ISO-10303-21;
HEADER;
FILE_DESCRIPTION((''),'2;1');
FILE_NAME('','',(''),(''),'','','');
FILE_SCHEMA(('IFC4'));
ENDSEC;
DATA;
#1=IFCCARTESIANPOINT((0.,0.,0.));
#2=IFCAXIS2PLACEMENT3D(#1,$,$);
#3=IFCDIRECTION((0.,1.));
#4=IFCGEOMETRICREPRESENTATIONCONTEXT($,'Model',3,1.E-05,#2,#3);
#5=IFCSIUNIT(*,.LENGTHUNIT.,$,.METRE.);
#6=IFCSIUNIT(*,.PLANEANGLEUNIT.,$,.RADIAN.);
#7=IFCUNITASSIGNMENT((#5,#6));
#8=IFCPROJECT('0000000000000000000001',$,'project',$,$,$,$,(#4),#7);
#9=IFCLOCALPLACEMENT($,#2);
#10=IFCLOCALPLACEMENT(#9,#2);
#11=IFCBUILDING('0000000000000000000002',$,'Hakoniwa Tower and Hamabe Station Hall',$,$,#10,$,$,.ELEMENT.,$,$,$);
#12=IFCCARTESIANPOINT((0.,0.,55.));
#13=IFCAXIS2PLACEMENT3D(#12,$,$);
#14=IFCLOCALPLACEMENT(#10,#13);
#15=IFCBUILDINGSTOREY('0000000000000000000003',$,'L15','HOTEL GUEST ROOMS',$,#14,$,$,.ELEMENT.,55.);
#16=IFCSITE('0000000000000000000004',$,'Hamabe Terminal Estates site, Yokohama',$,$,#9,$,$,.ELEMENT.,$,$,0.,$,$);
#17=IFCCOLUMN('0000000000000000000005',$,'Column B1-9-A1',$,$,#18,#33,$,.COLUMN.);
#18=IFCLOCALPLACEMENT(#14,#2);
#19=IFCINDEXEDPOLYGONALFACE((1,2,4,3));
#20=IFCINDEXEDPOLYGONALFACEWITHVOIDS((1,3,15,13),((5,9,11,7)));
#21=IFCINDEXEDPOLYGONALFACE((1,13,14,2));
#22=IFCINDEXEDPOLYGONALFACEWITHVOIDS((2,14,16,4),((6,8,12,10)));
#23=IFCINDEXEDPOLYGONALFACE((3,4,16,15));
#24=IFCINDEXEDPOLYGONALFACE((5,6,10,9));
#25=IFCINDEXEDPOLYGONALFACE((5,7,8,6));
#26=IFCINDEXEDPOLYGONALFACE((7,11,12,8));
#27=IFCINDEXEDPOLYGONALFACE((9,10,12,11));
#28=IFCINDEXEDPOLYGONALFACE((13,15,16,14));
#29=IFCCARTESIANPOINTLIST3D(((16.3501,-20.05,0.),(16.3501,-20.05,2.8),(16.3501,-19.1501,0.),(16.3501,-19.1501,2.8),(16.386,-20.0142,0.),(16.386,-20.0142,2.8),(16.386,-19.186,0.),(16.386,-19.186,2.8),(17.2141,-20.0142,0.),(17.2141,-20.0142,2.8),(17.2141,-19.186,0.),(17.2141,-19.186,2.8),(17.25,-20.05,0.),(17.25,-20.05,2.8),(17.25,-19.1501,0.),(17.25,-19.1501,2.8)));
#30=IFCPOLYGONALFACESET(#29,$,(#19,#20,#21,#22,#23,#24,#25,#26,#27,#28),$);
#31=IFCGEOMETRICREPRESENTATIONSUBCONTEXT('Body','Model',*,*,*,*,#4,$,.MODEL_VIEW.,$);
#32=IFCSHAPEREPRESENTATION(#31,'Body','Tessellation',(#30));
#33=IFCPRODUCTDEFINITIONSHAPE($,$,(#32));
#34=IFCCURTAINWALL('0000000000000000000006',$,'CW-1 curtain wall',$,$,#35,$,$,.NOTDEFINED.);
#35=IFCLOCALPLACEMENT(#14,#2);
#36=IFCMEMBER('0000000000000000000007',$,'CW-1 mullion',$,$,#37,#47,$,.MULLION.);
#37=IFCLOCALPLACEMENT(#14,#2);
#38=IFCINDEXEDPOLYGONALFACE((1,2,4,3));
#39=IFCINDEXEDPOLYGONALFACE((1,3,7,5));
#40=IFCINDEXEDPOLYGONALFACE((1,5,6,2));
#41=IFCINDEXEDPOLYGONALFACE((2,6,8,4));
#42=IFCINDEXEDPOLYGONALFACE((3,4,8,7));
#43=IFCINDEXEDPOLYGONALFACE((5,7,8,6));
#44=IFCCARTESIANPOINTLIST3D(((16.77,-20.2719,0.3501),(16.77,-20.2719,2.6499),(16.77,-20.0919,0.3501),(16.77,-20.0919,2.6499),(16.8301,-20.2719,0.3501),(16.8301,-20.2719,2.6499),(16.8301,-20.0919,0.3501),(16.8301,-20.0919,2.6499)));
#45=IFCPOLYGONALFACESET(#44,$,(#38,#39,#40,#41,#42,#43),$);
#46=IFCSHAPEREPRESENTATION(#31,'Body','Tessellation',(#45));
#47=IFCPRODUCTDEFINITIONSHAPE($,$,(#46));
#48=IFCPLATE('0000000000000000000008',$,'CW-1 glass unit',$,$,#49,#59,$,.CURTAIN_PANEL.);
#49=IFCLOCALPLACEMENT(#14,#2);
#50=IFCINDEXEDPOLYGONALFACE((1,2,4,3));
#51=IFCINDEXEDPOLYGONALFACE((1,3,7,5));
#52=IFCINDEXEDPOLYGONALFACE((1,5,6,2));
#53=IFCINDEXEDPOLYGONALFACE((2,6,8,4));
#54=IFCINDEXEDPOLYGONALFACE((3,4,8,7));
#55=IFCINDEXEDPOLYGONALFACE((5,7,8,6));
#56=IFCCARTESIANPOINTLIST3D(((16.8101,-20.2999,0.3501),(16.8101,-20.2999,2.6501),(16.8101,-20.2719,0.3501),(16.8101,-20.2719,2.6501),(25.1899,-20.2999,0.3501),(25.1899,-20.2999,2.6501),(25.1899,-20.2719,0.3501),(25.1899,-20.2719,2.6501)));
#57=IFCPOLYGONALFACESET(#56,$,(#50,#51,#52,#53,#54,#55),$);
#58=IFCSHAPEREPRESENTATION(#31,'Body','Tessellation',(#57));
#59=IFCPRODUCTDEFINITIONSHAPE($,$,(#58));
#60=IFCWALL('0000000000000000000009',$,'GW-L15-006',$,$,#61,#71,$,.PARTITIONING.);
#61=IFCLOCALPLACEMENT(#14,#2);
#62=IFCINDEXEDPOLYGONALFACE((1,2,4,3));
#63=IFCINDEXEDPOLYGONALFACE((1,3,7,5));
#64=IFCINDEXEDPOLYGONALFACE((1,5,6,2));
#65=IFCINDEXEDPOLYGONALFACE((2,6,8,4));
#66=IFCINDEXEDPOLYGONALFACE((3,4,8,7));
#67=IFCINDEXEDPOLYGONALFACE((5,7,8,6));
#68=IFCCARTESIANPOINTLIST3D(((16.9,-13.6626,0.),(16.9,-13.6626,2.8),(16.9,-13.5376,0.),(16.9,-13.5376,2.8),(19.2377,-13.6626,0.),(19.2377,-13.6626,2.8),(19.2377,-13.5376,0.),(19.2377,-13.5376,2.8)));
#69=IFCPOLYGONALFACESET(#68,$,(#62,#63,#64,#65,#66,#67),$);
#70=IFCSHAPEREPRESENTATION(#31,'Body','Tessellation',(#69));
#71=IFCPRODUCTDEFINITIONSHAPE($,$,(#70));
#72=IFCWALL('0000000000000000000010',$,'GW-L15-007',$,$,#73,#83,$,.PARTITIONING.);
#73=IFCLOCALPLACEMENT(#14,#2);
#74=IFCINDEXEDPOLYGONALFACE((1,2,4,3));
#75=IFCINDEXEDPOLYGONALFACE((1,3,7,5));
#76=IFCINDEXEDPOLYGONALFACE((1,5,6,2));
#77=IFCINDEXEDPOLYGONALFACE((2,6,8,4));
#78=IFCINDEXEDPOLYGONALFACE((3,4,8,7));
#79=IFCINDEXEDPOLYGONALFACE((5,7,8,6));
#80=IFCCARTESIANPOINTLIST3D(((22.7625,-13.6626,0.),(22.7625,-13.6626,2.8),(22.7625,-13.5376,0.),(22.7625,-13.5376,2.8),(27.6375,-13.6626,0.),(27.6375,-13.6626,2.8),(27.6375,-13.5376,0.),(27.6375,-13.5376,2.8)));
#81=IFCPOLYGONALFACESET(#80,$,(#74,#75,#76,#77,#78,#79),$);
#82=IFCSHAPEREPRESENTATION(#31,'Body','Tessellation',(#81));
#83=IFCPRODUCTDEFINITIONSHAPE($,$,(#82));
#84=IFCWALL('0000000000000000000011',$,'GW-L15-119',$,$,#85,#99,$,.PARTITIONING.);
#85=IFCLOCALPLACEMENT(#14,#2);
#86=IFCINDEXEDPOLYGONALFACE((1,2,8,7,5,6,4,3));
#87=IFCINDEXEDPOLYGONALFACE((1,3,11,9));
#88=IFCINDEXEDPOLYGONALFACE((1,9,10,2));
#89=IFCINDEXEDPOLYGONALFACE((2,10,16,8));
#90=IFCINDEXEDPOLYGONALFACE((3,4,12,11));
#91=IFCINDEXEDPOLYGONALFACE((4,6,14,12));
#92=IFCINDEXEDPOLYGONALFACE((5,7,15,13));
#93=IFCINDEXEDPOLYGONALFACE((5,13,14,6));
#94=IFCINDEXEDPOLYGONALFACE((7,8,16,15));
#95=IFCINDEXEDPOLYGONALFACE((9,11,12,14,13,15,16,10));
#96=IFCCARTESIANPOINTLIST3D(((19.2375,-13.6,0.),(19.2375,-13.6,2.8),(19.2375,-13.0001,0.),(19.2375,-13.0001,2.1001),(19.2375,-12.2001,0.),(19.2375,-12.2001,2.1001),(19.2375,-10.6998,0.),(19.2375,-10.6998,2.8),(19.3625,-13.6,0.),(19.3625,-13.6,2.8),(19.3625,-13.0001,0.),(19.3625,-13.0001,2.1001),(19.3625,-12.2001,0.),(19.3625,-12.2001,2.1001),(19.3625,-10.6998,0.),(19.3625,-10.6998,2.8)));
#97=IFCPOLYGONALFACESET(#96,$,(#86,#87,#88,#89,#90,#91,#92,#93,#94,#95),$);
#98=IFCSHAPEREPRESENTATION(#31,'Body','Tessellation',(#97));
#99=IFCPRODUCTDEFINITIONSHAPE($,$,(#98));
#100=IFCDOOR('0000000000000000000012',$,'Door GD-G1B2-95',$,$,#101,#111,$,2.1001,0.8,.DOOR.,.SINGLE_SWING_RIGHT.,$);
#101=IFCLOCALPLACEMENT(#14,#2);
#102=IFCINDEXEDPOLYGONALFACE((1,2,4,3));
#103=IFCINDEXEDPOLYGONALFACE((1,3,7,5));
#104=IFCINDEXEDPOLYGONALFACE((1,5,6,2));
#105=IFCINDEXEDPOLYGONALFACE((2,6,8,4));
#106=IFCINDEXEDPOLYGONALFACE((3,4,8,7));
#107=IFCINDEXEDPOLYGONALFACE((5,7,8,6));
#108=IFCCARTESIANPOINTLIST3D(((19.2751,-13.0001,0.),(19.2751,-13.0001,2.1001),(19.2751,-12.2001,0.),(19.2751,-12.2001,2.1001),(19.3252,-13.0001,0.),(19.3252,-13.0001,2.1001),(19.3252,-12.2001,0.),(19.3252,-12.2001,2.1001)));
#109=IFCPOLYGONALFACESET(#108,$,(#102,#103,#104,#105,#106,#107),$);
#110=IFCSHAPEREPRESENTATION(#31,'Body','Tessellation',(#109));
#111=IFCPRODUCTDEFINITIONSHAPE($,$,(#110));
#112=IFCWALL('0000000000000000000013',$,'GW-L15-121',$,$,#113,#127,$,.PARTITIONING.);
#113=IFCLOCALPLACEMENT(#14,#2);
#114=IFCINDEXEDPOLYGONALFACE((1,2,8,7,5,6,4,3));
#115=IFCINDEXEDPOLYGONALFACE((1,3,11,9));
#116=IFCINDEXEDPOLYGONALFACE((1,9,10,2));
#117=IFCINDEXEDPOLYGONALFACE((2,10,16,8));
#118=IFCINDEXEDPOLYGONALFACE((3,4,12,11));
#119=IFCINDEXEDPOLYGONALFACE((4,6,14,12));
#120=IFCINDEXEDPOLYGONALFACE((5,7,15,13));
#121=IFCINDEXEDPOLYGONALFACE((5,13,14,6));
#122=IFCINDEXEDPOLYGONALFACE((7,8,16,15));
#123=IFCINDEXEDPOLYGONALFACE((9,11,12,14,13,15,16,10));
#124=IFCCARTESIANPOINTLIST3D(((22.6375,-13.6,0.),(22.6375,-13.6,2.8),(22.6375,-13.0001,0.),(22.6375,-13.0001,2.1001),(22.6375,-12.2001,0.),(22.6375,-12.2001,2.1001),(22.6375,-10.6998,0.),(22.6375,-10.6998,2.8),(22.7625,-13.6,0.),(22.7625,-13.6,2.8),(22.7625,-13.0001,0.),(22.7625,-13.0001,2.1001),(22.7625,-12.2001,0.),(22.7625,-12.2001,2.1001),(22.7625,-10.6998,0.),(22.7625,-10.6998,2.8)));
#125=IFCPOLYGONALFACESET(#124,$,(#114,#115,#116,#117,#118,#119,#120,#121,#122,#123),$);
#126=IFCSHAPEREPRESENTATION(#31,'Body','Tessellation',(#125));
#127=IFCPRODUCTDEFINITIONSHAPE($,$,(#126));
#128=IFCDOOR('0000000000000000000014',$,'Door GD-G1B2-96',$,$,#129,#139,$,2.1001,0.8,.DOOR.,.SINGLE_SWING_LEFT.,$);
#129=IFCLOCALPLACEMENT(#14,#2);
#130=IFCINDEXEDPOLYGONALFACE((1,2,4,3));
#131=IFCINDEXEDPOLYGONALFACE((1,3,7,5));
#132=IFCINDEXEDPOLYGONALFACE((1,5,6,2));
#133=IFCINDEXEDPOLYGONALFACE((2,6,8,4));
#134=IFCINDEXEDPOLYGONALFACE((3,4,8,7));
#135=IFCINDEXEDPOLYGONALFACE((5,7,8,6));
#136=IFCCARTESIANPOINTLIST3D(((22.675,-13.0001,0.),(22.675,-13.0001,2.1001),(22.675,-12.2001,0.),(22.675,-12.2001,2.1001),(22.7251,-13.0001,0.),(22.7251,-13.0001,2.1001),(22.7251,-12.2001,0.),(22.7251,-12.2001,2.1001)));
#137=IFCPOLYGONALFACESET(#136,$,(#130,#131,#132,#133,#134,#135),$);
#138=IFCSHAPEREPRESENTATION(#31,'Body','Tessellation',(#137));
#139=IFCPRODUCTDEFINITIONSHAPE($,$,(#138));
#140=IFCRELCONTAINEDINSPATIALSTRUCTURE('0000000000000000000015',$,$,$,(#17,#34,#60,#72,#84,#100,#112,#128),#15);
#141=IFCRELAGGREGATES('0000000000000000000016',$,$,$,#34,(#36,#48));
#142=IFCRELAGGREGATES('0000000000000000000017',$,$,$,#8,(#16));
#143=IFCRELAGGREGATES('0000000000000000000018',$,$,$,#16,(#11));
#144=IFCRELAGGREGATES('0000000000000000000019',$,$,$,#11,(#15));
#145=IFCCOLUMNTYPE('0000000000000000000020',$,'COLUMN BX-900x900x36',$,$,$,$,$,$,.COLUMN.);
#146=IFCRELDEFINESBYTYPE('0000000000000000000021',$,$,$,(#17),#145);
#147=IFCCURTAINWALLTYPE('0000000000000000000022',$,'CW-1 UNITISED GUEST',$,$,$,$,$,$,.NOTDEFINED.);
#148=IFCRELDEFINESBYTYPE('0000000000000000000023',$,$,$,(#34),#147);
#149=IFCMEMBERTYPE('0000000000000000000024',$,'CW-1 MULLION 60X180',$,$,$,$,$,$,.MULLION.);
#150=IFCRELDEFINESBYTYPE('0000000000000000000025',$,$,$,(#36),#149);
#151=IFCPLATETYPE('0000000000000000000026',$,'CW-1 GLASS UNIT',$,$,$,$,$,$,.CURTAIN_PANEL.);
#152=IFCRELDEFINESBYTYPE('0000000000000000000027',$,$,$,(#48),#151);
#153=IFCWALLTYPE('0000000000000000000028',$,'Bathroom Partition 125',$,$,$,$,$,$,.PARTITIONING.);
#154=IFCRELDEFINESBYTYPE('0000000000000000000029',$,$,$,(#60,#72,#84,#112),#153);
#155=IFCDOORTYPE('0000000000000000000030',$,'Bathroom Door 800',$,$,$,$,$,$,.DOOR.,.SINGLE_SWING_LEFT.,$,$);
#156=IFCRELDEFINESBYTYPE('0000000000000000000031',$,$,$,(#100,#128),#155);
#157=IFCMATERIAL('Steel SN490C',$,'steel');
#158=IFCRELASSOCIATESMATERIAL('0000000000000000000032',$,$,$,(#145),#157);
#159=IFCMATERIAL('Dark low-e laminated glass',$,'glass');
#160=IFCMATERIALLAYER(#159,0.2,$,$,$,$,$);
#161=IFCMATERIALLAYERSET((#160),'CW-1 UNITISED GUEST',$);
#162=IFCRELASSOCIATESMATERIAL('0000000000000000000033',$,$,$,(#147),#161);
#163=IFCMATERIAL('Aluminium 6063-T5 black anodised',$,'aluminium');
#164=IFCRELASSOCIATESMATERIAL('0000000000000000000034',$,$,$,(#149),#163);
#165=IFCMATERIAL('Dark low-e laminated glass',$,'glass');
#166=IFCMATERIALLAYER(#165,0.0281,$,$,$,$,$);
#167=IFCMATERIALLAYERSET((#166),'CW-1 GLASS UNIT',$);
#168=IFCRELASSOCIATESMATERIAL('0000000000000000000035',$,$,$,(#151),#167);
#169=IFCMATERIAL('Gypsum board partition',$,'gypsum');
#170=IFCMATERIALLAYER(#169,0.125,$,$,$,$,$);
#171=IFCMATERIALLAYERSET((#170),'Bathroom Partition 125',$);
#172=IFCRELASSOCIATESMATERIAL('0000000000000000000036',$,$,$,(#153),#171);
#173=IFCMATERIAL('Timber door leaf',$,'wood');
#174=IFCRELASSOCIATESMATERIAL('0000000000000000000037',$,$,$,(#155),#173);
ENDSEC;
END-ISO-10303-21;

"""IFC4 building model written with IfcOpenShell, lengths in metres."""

from ifc_helpers import new_model, si_unit, direction, frame, frame_2d, origin, origin_2d, place, context, subcontext, project, spatial, rectangle, hollow_rectangle, extrude, material, layer, layer_set, material_profile, profile_set, type_object, element, fill, aggregate, save


model = new_model("IFC4")

# Units and contexts
model_context = context("Model", 3, precision=1e-05, world=origin(), true_north=direction((0.0, 1.0)))
body_context = subcontext(model_context, "Body", "Model", "MODEL_VIEW")
ifc_project = project(units=[si_unit("LENGTHUNIT", "METRE"), si_unit("PLANEANGLEUNIT", "RADIAN")], contexts=[model_context])

# Site, building, storey
site_placement = place(None, origin())
site = spatial("IfcSite", under=ifc_project, at=site_placement, Name="Hamabe Terminal Estates site, Yokohama", CompositionType="ELEMENT", RefElevation=0.0)
building_placement = place(site_placement, origin())
building = spatial("IfcBuilding", under=site, at=building_placement, Name="Hakoniwa Tower and Hamabe Station Hall", CompositionType="ELEMENT")
storey_placement = place(building_placement, frame((0.0, 0.0, 55.0)))
storey = spatial("IfcBuildingStorey", under=building, at=storey_placement, Name="L15", Description="HOTEL GUEST ROOMS", CompositionType="ELEMENT", Elevation=55.0)

# Column
ifc_material_1 = material(Name="Steel SN490C", Category="steel")
ifc_material_profile_1 = material_profile(ifc_material_1, hollow_rectangle(XDim=0.8999, YDim=0.8999, WallThickness=0.0359, at=origin_2d()), Name="BX-900x900x36")
ifc_profile_set_1 = profile_set([ifc_material_profile_1], Name="Steel SN490C")
column_type = type_object("IfcColumnType", Name="COLUMN BX-900x900x36", PredefinedType="COLUMN", material=ifc_profile_set_1)
column_placement = place(storey_placement, frame((16.8, -19.6001, 0.0), z_axis=(0.0, 0.0, 1.0), x_axis=(1.0, 0.0, 0.0)))
element("IfcColumn", 1, at=column_placement, inside=storey, type_object=column_type, Name="Column B1-9-A1", PredefinedType="COLUMN", context=body_context, shape_type="SweptSolid", body=[
    extrude(hollow_rectangle(XDim=0.8999, YDim=0.8999, WallThickness=0.0359, at=origin_2d()), origin(), (0.0, 0.0, 1.0), 2.8),
])

# Curtain wall, member, plate
ifc_material_2 = material(Name="Dark low-e laminated glass", Category="glass")
ifc_layer_1 = layer(ifc_material_2, 0.2)
ifc_layer_set_1 = layer_set([ifc_layer_1], Name="CW-1 UNITISED GUEST")
curtain_wall_type = type_object("IfcCurtainWallType", Name="CW-1 UNITISED GUEST", PredefinedType="NOTDEFINED", material=ifc_layer_set_1)
curtain_wall_placement = place(storey_placement, origin())
curtain_wall = element("IfcCurtainWall", 2, at=curtain_wall_placement, inside=storey, type_object=curtain_wall_type, Name="CW-1 curtain wall", PredefinedType="NOTDEFINED")
ifc_material_3 = material(Name="Aluminium 6063-T5 black anodised", Category="aluminium")
ifc_material_profile_2 = material_profile(ifc_material_3, rectangle(XDim=0.0601, YDim=0.1799, at=origin_2d()), Name="CW-1 MULLION 60X180")
ifc_profile_set_2 = profile_set([ifc_material_profile_2], Name="Aluminium 6063-T5 black anodised")
member_type = type_object("IfcMemberType", Name="CW-1 MULLION 60X180", PredefinedType="MULLION", material=ifc_profile_set_2)
member_placement = place(storey_placement, frame((16.8, -20.1819, 0.3501), z_axis=(0.0, 0.0, 1.0), x_axis=(1.0, 0.0, 0.0)))
member = element("IfcMember", 3, at=member_placement, type_object=member_type, Name="CW-1 mullion", PredefinedType="MULLION", context=body_context, shape_type="SweptSolid", body=[
    extrude(rectangle(XDim=0.0601, YDim=0.1799, at=origin_2d()), origin(), (0.0, 0.0, 1.0), 2.2998),
])
ifc_material_4 = material(Name="Dark low-e laminated glass", Category="glass")
ifc_layer_2 = layer(ifc_material_4, 0.0281)
ifc_layer_set_2 = layer_set([ifc_layer_2], Name="CW-1 GLASS UNIT")
plate_type = type_object("IfcPlateType", Name="CW-1 GLASS UNIT", PredefinedType="CURTAIN_PANEL", material=ifc_layer_set_2)
plate_placement = place(storey_placement, frame((21.0, -20.2859, 0.3501), z_axis=(0.0, 0.0, 1.0), x_axis=(1.0, 0.0, 0.0)))
plate = element("IfcPlate", 4, at=plate_placement, type_object=plate_type, Name="CW-1 glass unit", PredefinedType="CURTAIN_PANEL", context=body_context, shape_type="SweptSolid", body=[
    extrude(rectangle(XDim=8.3799, YDim=0.0281, at=origin_2d()), origin(), (0.0, 0.0, 1.0), 2.3),
])
aggregate(curtain_wall, [member, plate])

# Walls
ifc_material_5 = material(Name="Gypsum board partition", Category="gypsum")
ifc_layer_3 = layer(ifc_material_5, 0.125)
ifc_layer_set_3 = layer_set([ifc_layer_3], Name="Bathroom Partition 125")
wall_type_1 = type_object("IfcWallType", Name="Bathroom Partition 125", PredefinedType="PARTITIONING", material=ifc_layer_set_3)
wall_1_placement = place(storey_placement, frame((16.8999, -13.6001, 0.0), z_axis=(0.0, 0.0, 1.0), x_axis=(1.0, 0.0, 0.0)))
element("IfcWall", 5, at=wall_1_placement, inside=storey, type_object=wall_type_1, Name="GW-L15-006", PredefinedType="PARTITIONING", context=body_context, shape_type="SweptSolid", body=[
    extrude(rectangle(XDim=2.3376, YDim=0.125, at=frame_2d((1.1689, 0.0))), origin(), (0.0, 0.0, 1.0), 2.8),
])
wall_2_placement = place(storey_placement, frame((22.7625, -13.6001, 0.0), z_axis=(0.0, 0.0, 1.0), x_axis=(1.0, 0.0, 0.0)))
element("IfcWall", 6, at=wall_2_placement, inside=storey, type_object=wall_type_1, Name="GW-L15-007", PredefinedType="PARTITIONING", context=body_context, shape_type="SweptSolid", body=[
    extrude(rectangle(XDim=4.875, YDim=0.125, at=frame_2d((2.4375, 0.0))), origin(), (0.0, 0.0, 1.0), 2.8),
])

# Walls, openings, doors
wall_3_placement = place(storey_placement, frame((19.3, -13.6001, 0.0), z_axis=(0.0, 0.0, 1.0), x_axis=(0.0, 1.0, 0.0)))
wall_3 = element("IfcWall", 7, at=wall_3_placement, inside=storey, type_object=wall_type_1, Name="GW-L15-119", PredefinedType="PARTITIONING", context=body_context, shape_type="SweptSolid", body=[
    extrude(rectangle(XDim=2.9001, YDim=0.125, at=frame_2d((1.4502, 0.0))), origin(), (0.0, 0.0, 1.0), 2.8),
])
opening_1_placement = place(wall_3_placement, frame((0.6001, 0.0, 0.0)))
opening_1 = element("IfcOpeningElement", 8, at=opening_1_placement, cuts=wall_3, PredefinedType="OPENING", context=body_context, shape_type="SweptSolid", body=[
    extrude(rectangle(XDim=0.8, YDim=2.1001, at=frame_2d((0.3999, 1.05))), frame((0.0, 0.0725, 0.0), z_axis=(0.0, -1.0, 0.0), x_axis=(1.0, 0.0, 0.0)), (0.0, 0.0, 1.0), 0.145),
])
ifc_material_6 = material(Name="Timber door leaf", Category="wood")
door_type_1 = type_object("IfcDoorType", Name="Bathroom Door 800", OperationType="SINGLE_SWING_LEFT", PredefinedType="DOOR", material=ifc_material_6)
door_1_placement = place(opening_1_placement, origin())
door_1 = element("IfcDoor", 9, at=door_1_placement, inside=storey, type_object=door_type_1, Name="Door GD-G1B2-95", OperationType="SINGLE_SWING_RIGHT", OverallHeight=2.1001, OverallWidth=0.8, PredefinedType="DOOR", context=body_context, shape_type="SweptSolid", body=[
    extrude(rectangle(XDim=0.8, YDim=2.1001, at=frame_2d((0.3999, 1.05))), frame((0.0, 0.0249, 0.0), z_axis=(0.0, -1.0, 0.0), x_axis=(1.0, 0.0, 0.0)), (0.0, 0.0, 1.0), 0.05),
])
fill(opening_1, door_1)
wall_4_placement = place(storey_placement, frame((22.7, -13.6001, 0.0), z_axis=(0.0, 0.0, 1.0), x_axis=(0.0, 1.0, 0.0)))
wall_4 = element("IfcWall", 10, at=wall_4_placement, inside=storey, type_object=wall_type_1, Name="GW-L15-121", PredefinedType="PARTITIONING", context=body_context, shape_type="SweptSolid", body=[
    extrude(rectangle(XDim=2.9001, YDim=0.125, at=frame_2d((1.4502, 0.0))), origin(), (0.0, 0.0, 1.0), 2.8),
])
opening_2_placement = place(wall_4_placement, frame((0.6001, 0.0, 0.0)))
opening_2 = element("IfcOpeningElement", 11, at=opening_2_placement, cuts=wall_4, PredefinedType="OPENING", context=body_context, shape_type="SweptSolid", body=[
    extrude(rectangle(XDim=0.8, YDim=2.1001, at=frame_2d((0.3999, 1.05))), frame((0.0, 0.0725, 0.0), z_axis=(0.0, -1.0, 0.0), x_axis=(1.0, 0.0, 0.0)), (0.0, 0.0, 1.0), 0.145),
])
door_2_placement = place(opening_2_placement, origin())
door_2 = element("IfcDoor", 12, at=door_2_placement, inside=storey, type_object=door_type_1, Name="Door GD-G1B2-96", OperationType="SINGLE_SWING_LEFT", OverallHeight=2.1001, OverallWidth=0.8, PredefinedType="DOOR", context=body_context, shape_type="SweptSolid", body=[
    extrude(rectangle(XDim=0.8, YDim=2.1001, at=frame_2d((0.3999, 1.05))), frame((0.0, 0.0249, 0.0), z_axis=(0.0, -1.0, 0.0), x_axis=(1.0, 0.0, 0.0)), (0.0, 0.0, 1.0), 0.05),
])
fill(opening_2, door_2)

save(model, "model.ifc")
